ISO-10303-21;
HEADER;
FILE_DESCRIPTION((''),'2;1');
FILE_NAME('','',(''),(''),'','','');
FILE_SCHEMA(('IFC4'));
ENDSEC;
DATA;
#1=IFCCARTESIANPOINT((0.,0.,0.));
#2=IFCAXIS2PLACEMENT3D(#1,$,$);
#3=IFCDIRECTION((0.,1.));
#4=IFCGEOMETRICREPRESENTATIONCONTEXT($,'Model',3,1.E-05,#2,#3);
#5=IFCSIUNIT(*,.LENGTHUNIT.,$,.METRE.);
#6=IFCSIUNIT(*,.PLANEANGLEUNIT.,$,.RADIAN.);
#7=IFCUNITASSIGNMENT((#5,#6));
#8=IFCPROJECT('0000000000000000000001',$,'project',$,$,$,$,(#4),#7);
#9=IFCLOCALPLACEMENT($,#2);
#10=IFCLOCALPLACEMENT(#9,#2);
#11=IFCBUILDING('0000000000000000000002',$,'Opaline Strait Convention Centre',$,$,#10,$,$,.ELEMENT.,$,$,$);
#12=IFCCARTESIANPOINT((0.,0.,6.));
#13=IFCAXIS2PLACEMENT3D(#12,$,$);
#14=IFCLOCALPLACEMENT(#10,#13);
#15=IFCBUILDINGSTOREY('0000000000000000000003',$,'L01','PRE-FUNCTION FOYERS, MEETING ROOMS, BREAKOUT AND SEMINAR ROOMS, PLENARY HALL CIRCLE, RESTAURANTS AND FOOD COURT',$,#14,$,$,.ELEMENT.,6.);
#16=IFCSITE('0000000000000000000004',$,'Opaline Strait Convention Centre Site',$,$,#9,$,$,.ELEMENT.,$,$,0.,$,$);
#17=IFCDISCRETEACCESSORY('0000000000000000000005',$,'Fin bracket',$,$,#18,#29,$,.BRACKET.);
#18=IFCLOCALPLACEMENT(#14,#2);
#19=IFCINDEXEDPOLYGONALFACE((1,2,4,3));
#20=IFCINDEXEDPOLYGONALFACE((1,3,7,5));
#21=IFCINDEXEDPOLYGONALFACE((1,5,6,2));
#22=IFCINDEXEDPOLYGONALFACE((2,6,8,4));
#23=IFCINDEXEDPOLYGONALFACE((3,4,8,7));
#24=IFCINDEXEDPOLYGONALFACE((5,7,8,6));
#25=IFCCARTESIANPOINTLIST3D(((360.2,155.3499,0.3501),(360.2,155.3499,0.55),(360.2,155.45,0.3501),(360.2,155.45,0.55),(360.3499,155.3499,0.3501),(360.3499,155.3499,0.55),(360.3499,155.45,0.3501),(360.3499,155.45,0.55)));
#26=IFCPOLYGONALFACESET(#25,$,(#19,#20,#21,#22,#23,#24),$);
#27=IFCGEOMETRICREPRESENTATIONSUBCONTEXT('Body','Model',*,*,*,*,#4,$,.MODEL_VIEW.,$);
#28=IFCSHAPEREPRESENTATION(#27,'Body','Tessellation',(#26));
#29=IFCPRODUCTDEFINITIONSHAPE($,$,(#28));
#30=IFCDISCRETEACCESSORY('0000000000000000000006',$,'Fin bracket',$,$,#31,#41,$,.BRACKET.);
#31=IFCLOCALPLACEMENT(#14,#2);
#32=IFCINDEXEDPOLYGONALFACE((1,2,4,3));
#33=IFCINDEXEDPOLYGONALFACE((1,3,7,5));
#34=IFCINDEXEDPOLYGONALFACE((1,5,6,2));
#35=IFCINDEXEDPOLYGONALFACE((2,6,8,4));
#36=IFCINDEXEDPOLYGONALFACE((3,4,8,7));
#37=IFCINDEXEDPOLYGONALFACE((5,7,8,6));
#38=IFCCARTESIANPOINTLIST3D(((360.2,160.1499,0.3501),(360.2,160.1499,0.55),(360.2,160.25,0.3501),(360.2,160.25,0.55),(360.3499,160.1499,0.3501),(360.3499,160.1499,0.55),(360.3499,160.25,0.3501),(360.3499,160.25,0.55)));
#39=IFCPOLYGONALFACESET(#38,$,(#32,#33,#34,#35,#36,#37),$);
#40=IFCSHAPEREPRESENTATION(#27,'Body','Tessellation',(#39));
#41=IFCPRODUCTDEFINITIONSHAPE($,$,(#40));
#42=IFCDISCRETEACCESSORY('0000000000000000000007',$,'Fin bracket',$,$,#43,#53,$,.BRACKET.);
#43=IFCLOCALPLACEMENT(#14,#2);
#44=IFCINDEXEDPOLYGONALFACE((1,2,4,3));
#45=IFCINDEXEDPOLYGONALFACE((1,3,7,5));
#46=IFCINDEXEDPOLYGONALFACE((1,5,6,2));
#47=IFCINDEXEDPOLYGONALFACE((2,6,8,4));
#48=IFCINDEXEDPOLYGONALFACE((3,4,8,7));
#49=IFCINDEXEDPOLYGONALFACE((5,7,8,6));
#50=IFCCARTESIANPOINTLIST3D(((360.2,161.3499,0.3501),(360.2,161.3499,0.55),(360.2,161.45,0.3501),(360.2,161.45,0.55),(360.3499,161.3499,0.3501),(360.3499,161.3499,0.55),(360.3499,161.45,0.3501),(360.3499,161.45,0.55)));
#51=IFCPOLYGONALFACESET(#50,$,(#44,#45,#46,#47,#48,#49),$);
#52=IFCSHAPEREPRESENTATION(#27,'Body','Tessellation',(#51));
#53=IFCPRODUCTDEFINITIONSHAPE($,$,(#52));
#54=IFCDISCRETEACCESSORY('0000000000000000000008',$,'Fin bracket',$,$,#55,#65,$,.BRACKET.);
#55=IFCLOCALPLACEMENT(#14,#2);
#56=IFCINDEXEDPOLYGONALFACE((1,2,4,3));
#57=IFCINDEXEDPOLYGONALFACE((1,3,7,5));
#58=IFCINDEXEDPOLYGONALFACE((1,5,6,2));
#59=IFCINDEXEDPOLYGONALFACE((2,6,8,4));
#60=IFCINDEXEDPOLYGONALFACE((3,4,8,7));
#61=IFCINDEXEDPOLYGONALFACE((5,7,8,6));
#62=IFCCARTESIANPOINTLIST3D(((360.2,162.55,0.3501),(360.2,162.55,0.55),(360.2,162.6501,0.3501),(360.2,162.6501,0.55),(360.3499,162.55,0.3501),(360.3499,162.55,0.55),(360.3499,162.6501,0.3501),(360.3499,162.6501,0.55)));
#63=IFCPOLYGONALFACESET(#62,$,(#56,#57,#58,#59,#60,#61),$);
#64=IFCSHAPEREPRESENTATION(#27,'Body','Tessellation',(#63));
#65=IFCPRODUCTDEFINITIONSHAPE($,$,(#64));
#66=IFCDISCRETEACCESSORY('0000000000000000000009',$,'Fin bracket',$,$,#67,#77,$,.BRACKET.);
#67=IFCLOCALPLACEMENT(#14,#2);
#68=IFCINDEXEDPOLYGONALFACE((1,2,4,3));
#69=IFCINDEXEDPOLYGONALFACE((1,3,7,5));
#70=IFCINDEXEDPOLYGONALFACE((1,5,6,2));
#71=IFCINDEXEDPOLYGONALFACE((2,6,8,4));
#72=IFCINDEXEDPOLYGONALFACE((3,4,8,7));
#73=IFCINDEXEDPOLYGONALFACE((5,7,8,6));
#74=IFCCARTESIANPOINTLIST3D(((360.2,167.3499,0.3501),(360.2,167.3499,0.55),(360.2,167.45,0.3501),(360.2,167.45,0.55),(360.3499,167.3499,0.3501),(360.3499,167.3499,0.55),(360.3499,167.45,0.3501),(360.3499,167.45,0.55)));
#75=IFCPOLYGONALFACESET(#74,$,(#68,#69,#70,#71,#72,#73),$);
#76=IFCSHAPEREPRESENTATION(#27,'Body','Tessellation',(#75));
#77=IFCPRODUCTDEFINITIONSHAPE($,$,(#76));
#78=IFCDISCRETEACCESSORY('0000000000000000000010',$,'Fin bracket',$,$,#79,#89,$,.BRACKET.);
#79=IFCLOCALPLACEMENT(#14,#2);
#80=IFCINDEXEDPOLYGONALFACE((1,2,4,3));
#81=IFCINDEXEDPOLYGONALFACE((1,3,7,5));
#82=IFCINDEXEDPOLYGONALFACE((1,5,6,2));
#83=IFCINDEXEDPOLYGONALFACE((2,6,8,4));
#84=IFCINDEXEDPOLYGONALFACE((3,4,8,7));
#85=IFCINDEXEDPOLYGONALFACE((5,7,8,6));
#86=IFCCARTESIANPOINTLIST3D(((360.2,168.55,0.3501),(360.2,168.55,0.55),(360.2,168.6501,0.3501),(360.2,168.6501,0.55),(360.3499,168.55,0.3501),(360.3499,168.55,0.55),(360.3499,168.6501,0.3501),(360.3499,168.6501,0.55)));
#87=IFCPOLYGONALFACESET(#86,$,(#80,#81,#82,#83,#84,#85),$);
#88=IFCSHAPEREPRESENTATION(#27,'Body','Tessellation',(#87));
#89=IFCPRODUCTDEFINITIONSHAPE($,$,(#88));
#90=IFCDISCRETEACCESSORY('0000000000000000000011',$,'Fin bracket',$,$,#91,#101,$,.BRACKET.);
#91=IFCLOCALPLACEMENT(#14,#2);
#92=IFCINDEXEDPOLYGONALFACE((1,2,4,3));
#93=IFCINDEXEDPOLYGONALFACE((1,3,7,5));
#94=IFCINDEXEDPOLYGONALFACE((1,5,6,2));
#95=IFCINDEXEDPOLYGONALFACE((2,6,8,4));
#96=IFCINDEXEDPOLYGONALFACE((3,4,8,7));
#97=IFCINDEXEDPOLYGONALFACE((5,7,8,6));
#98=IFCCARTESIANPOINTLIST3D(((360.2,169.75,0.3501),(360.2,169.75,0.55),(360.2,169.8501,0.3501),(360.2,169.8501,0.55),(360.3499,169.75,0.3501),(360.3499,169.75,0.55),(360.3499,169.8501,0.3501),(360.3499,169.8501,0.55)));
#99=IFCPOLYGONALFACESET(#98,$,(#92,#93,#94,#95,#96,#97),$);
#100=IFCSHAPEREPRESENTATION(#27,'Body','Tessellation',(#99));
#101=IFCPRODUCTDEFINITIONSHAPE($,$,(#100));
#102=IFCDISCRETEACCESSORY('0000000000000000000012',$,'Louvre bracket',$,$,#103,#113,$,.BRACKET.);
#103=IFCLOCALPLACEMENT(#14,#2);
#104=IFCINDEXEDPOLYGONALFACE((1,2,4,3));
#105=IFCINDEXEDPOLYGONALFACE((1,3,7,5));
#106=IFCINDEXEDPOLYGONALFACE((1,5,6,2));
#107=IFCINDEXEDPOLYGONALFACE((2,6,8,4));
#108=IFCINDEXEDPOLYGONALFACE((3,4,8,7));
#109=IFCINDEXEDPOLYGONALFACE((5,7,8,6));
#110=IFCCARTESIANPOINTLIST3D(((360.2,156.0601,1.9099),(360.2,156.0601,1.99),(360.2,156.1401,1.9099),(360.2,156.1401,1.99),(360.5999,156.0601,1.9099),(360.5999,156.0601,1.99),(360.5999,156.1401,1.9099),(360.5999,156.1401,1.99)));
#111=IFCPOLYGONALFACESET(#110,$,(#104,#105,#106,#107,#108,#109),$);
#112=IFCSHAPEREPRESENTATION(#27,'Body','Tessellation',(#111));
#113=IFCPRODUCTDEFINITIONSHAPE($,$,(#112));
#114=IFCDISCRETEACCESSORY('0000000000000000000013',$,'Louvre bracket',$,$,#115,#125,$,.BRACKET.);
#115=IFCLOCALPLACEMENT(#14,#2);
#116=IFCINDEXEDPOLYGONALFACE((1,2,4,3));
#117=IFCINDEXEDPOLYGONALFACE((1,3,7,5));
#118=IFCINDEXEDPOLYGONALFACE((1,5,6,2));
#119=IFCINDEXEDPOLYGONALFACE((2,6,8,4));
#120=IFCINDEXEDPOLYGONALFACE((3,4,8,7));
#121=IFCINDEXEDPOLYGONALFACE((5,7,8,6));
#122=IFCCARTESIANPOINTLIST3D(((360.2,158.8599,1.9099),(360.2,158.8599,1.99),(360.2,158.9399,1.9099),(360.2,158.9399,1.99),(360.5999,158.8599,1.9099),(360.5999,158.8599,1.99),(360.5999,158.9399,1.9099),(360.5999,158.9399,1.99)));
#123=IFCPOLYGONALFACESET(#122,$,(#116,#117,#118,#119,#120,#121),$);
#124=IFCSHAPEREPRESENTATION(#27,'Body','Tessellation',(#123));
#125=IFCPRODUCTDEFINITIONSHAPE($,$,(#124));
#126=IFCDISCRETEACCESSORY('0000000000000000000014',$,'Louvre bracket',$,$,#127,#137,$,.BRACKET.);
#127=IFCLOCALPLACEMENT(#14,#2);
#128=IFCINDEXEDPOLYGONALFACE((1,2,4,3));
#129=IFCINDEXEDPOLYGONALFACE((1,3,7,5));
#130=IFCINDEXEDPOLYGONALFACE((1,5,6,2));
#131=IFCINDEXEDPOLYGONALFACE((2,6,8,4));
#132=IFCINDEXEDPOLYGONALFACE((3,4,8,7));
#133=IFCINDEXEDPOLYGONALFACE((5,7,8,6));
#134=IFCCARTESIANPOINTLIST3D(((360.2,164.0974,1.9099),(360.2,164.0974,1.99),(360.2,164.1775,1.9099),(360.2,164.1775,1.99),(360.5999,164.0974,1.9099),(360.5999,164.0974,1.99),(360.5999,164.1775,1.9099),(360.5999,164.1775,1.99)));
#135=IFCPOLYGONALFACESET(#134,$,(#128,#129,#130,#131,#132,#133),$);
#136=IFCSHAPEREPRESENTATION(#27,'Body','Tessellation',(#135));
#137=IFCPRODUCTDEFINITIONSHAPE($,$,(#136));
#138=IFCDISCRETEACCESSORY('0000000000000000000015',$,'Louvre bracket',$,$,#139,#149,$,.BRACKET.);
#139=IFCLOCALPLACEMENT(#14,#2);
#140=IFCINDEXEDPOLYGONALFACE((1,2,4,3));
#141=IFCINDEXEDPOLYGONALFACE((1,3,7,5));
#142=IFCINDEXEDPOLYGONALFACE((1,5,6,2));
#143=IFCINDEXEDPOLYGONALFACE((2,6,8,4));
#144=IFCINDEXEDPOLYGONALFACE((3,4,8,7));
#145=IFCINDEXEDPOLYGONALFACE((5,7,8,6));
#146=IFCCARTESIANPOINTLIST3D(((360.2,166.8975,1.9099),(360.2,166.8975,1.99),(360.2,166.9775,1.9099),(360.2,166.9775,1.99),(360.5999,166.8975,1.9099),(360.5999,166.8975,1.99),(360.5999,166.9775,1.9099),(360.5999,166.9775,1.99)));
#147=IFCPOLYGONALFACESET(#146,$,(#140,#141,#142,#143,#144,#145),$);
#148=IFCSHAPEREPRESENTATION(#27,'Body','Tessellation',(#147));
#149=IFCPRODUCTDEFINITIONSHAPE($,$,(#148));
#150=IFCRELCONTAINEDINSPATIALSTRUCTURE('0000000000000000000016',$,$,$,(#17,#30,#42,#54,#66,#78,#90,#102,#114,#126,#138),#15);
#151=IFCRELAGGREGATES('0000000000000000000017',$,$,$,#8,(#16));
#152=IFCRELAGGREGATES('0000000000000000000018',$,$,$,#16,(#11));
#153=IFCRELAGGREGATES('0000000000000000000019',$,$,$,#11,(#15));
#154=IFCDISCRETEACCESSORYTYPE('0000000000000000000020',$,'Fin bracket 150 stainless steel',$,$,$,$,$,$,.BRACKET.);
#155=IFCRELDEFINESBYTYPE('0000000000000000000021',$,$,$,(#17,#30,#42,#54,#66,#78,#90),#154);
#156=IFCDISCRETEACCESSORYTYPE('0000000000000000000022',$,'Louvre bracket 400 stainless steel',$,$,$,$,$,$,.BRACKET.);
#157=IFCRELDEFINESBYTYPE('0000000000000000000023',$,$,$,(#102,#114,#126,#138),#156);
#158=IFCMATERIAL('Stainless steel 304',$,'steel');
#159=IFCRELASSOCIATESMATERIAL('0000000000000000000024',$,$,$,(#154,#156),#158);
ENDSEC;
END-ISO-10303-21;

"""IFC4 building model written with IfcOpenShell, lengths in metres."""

from ifc_helpers import new_model, si_unit, direction, frame, origin, origin_2d, place, context, subcontext, project, spatial, rectangle, extrude, material, type_object, element, save


model = new_model("IFC4")

# Units and contexts
model_context = context("Model", 3, precision=1e-05, world=origin(), true_north=direction((0.0, 1.0)))
body_context = subcontext(model_context, "Body", "Model", "MODEL_VIEW")
ifc_project = project(units=[si_unit("LENGTHUNIT", "METRE"), si_unit("PLANEANGLEUNIT", "RADIAN")], contexts=[model_context])

# Site, building, storey
site_placement = place(None, origin())
site = spatial("IfcSite", under=ifc_project, at=site_placement, Name="Opaline Strait Convention Centre Site", CompositionType="ELEMENT", RefElevation=0.0)
building_placement = place(site_placement, origin())
building = spatial("IfcBuilding", under=site, at=building_placement, Name="Opaline Strait Convention Centre", CompositionType="ELEMENT")
storey_placement = place(building_placement, frame((0.0, 0.0, 6.0)))
storey = spatial("IfcBuildingStorey", under=building, at=storey_placement, Name="L01", Description="PRE-FUNCTION FOYERS, MEETING ROOMS, BREAKOUT AND SEMINAR ROOMS, PLENARY HALL CIRCLE, RESTAURANTS AND FOOD COURT", CompositionType="ELEMENT", Elevation=6.0)

# Discrete accessories
ifc_material_1 = material(Name="Stainless steel 304", Category="steel")
discrete_accessory_type_1 = type_object("IfcDiscreteAccessoryType", Name="Fin bracket 150 stainless steel", PredefinedType="BRACKET", material=ifc_material_1)
for number, where, z_axis, x_axis, name in (
    (1, (360.2749, 155.3999, 0.3501), (0.0, 0.0, 1.0), (1.0, 0.0, 0.0), "Fin bracket"),
    (2, (360.2749, 160.2, 0.3501), (0.0, 0.0, 1.0), (1.0, 0.0, 0.0), "Fin bracket"),
    (3, (360.2749, 161.3999, 0.3501), (0.0, 0.0, 1.0), (1.0, 0.0, 0.0), "Fin bracket"),
    (4, (360.2749, 162.6001, 0.3501), (0.0, 0.0, 1.0), (1.0, 0.0, 0.0), "Fin bracket"),
    (5, (360.2749, 167.3999, 0.3501), (0.0, 0.0, 1.0), (1.0, 0.0, 0.0), "Fin bracket"),
    (6, (360.2749, 168.6001, 0.3501), (0.0, 0.0, 1.0), (1.0, 0.0, 0.0), "Fin bracket"),
    (7, (360.2749, 169.8, 0.3501), (0.0, 0.0, 1.0), (1.0, 0.0, 0.0), "Fin bracket"),
):
    element("IfcDiscreteAccessory", number, at=place(storey_placement, frame(where, z_axis=z_axis, x_axis=x_axis)), inside=storey, type_object=discrete_accessory_type_1, Name=name, PredefinedType="BRACKET", context=body_context, shape_type="SweptSolid", body=[
        extrude(rectangle(XDim=0.1499, YDim=0.1001, at=origin_2d()), origin(), (0.0, 0.0, 1.0), 0.2),
    ])
discrete_accessory_type_2 = type_object("IfcDiscreteAccessoryType", Name="Louvre bracket 400 stainless steel", PredefinedType="BRACKET", material=ifc_material_1)
for number, where, z_axis, x_axis, name in (
    (8, (360.3999, 156.1001, 1.9099), (0.0, 0.0, 1.0), (1.0, 0.0, 0.0), "Louvre bracket"),
    (9, (360.3999, 158.8999, 1.9099), (0.0, 0.0, 1.0), (1.0, 0.0, 0.0), "Louvre bracket"),
    (10, (360.3999, 164.1375, 1.9099), (0.0, 0.0, 1.0), (1.0, 0.0, 0.0), "Louvre bracket"),
    (11, (360.3999, 166.9375, 1.9099), (0.0, 0.0, 1.0), (1.0, 0.0, 0.0), "Louvre bracket"),
):
    element("IfcDiscreteAccessory", number, at=place(storey_placement, frame(where, z_axis=z_axis, x_axis=x_axis)), inside=storey, type_object=discrete_accessory_type_2, Name=name, PredefinedType="BRACKET", context=body_context, shape_type="SweptSolid", body=[
        extrude(rectangle(XDim=0.3999, YDim=0.0801, at=origin_2d()), origin(), (0.0, 0.0, 1.0), 0.0801),
    ])

save(model, "model.ifc")
